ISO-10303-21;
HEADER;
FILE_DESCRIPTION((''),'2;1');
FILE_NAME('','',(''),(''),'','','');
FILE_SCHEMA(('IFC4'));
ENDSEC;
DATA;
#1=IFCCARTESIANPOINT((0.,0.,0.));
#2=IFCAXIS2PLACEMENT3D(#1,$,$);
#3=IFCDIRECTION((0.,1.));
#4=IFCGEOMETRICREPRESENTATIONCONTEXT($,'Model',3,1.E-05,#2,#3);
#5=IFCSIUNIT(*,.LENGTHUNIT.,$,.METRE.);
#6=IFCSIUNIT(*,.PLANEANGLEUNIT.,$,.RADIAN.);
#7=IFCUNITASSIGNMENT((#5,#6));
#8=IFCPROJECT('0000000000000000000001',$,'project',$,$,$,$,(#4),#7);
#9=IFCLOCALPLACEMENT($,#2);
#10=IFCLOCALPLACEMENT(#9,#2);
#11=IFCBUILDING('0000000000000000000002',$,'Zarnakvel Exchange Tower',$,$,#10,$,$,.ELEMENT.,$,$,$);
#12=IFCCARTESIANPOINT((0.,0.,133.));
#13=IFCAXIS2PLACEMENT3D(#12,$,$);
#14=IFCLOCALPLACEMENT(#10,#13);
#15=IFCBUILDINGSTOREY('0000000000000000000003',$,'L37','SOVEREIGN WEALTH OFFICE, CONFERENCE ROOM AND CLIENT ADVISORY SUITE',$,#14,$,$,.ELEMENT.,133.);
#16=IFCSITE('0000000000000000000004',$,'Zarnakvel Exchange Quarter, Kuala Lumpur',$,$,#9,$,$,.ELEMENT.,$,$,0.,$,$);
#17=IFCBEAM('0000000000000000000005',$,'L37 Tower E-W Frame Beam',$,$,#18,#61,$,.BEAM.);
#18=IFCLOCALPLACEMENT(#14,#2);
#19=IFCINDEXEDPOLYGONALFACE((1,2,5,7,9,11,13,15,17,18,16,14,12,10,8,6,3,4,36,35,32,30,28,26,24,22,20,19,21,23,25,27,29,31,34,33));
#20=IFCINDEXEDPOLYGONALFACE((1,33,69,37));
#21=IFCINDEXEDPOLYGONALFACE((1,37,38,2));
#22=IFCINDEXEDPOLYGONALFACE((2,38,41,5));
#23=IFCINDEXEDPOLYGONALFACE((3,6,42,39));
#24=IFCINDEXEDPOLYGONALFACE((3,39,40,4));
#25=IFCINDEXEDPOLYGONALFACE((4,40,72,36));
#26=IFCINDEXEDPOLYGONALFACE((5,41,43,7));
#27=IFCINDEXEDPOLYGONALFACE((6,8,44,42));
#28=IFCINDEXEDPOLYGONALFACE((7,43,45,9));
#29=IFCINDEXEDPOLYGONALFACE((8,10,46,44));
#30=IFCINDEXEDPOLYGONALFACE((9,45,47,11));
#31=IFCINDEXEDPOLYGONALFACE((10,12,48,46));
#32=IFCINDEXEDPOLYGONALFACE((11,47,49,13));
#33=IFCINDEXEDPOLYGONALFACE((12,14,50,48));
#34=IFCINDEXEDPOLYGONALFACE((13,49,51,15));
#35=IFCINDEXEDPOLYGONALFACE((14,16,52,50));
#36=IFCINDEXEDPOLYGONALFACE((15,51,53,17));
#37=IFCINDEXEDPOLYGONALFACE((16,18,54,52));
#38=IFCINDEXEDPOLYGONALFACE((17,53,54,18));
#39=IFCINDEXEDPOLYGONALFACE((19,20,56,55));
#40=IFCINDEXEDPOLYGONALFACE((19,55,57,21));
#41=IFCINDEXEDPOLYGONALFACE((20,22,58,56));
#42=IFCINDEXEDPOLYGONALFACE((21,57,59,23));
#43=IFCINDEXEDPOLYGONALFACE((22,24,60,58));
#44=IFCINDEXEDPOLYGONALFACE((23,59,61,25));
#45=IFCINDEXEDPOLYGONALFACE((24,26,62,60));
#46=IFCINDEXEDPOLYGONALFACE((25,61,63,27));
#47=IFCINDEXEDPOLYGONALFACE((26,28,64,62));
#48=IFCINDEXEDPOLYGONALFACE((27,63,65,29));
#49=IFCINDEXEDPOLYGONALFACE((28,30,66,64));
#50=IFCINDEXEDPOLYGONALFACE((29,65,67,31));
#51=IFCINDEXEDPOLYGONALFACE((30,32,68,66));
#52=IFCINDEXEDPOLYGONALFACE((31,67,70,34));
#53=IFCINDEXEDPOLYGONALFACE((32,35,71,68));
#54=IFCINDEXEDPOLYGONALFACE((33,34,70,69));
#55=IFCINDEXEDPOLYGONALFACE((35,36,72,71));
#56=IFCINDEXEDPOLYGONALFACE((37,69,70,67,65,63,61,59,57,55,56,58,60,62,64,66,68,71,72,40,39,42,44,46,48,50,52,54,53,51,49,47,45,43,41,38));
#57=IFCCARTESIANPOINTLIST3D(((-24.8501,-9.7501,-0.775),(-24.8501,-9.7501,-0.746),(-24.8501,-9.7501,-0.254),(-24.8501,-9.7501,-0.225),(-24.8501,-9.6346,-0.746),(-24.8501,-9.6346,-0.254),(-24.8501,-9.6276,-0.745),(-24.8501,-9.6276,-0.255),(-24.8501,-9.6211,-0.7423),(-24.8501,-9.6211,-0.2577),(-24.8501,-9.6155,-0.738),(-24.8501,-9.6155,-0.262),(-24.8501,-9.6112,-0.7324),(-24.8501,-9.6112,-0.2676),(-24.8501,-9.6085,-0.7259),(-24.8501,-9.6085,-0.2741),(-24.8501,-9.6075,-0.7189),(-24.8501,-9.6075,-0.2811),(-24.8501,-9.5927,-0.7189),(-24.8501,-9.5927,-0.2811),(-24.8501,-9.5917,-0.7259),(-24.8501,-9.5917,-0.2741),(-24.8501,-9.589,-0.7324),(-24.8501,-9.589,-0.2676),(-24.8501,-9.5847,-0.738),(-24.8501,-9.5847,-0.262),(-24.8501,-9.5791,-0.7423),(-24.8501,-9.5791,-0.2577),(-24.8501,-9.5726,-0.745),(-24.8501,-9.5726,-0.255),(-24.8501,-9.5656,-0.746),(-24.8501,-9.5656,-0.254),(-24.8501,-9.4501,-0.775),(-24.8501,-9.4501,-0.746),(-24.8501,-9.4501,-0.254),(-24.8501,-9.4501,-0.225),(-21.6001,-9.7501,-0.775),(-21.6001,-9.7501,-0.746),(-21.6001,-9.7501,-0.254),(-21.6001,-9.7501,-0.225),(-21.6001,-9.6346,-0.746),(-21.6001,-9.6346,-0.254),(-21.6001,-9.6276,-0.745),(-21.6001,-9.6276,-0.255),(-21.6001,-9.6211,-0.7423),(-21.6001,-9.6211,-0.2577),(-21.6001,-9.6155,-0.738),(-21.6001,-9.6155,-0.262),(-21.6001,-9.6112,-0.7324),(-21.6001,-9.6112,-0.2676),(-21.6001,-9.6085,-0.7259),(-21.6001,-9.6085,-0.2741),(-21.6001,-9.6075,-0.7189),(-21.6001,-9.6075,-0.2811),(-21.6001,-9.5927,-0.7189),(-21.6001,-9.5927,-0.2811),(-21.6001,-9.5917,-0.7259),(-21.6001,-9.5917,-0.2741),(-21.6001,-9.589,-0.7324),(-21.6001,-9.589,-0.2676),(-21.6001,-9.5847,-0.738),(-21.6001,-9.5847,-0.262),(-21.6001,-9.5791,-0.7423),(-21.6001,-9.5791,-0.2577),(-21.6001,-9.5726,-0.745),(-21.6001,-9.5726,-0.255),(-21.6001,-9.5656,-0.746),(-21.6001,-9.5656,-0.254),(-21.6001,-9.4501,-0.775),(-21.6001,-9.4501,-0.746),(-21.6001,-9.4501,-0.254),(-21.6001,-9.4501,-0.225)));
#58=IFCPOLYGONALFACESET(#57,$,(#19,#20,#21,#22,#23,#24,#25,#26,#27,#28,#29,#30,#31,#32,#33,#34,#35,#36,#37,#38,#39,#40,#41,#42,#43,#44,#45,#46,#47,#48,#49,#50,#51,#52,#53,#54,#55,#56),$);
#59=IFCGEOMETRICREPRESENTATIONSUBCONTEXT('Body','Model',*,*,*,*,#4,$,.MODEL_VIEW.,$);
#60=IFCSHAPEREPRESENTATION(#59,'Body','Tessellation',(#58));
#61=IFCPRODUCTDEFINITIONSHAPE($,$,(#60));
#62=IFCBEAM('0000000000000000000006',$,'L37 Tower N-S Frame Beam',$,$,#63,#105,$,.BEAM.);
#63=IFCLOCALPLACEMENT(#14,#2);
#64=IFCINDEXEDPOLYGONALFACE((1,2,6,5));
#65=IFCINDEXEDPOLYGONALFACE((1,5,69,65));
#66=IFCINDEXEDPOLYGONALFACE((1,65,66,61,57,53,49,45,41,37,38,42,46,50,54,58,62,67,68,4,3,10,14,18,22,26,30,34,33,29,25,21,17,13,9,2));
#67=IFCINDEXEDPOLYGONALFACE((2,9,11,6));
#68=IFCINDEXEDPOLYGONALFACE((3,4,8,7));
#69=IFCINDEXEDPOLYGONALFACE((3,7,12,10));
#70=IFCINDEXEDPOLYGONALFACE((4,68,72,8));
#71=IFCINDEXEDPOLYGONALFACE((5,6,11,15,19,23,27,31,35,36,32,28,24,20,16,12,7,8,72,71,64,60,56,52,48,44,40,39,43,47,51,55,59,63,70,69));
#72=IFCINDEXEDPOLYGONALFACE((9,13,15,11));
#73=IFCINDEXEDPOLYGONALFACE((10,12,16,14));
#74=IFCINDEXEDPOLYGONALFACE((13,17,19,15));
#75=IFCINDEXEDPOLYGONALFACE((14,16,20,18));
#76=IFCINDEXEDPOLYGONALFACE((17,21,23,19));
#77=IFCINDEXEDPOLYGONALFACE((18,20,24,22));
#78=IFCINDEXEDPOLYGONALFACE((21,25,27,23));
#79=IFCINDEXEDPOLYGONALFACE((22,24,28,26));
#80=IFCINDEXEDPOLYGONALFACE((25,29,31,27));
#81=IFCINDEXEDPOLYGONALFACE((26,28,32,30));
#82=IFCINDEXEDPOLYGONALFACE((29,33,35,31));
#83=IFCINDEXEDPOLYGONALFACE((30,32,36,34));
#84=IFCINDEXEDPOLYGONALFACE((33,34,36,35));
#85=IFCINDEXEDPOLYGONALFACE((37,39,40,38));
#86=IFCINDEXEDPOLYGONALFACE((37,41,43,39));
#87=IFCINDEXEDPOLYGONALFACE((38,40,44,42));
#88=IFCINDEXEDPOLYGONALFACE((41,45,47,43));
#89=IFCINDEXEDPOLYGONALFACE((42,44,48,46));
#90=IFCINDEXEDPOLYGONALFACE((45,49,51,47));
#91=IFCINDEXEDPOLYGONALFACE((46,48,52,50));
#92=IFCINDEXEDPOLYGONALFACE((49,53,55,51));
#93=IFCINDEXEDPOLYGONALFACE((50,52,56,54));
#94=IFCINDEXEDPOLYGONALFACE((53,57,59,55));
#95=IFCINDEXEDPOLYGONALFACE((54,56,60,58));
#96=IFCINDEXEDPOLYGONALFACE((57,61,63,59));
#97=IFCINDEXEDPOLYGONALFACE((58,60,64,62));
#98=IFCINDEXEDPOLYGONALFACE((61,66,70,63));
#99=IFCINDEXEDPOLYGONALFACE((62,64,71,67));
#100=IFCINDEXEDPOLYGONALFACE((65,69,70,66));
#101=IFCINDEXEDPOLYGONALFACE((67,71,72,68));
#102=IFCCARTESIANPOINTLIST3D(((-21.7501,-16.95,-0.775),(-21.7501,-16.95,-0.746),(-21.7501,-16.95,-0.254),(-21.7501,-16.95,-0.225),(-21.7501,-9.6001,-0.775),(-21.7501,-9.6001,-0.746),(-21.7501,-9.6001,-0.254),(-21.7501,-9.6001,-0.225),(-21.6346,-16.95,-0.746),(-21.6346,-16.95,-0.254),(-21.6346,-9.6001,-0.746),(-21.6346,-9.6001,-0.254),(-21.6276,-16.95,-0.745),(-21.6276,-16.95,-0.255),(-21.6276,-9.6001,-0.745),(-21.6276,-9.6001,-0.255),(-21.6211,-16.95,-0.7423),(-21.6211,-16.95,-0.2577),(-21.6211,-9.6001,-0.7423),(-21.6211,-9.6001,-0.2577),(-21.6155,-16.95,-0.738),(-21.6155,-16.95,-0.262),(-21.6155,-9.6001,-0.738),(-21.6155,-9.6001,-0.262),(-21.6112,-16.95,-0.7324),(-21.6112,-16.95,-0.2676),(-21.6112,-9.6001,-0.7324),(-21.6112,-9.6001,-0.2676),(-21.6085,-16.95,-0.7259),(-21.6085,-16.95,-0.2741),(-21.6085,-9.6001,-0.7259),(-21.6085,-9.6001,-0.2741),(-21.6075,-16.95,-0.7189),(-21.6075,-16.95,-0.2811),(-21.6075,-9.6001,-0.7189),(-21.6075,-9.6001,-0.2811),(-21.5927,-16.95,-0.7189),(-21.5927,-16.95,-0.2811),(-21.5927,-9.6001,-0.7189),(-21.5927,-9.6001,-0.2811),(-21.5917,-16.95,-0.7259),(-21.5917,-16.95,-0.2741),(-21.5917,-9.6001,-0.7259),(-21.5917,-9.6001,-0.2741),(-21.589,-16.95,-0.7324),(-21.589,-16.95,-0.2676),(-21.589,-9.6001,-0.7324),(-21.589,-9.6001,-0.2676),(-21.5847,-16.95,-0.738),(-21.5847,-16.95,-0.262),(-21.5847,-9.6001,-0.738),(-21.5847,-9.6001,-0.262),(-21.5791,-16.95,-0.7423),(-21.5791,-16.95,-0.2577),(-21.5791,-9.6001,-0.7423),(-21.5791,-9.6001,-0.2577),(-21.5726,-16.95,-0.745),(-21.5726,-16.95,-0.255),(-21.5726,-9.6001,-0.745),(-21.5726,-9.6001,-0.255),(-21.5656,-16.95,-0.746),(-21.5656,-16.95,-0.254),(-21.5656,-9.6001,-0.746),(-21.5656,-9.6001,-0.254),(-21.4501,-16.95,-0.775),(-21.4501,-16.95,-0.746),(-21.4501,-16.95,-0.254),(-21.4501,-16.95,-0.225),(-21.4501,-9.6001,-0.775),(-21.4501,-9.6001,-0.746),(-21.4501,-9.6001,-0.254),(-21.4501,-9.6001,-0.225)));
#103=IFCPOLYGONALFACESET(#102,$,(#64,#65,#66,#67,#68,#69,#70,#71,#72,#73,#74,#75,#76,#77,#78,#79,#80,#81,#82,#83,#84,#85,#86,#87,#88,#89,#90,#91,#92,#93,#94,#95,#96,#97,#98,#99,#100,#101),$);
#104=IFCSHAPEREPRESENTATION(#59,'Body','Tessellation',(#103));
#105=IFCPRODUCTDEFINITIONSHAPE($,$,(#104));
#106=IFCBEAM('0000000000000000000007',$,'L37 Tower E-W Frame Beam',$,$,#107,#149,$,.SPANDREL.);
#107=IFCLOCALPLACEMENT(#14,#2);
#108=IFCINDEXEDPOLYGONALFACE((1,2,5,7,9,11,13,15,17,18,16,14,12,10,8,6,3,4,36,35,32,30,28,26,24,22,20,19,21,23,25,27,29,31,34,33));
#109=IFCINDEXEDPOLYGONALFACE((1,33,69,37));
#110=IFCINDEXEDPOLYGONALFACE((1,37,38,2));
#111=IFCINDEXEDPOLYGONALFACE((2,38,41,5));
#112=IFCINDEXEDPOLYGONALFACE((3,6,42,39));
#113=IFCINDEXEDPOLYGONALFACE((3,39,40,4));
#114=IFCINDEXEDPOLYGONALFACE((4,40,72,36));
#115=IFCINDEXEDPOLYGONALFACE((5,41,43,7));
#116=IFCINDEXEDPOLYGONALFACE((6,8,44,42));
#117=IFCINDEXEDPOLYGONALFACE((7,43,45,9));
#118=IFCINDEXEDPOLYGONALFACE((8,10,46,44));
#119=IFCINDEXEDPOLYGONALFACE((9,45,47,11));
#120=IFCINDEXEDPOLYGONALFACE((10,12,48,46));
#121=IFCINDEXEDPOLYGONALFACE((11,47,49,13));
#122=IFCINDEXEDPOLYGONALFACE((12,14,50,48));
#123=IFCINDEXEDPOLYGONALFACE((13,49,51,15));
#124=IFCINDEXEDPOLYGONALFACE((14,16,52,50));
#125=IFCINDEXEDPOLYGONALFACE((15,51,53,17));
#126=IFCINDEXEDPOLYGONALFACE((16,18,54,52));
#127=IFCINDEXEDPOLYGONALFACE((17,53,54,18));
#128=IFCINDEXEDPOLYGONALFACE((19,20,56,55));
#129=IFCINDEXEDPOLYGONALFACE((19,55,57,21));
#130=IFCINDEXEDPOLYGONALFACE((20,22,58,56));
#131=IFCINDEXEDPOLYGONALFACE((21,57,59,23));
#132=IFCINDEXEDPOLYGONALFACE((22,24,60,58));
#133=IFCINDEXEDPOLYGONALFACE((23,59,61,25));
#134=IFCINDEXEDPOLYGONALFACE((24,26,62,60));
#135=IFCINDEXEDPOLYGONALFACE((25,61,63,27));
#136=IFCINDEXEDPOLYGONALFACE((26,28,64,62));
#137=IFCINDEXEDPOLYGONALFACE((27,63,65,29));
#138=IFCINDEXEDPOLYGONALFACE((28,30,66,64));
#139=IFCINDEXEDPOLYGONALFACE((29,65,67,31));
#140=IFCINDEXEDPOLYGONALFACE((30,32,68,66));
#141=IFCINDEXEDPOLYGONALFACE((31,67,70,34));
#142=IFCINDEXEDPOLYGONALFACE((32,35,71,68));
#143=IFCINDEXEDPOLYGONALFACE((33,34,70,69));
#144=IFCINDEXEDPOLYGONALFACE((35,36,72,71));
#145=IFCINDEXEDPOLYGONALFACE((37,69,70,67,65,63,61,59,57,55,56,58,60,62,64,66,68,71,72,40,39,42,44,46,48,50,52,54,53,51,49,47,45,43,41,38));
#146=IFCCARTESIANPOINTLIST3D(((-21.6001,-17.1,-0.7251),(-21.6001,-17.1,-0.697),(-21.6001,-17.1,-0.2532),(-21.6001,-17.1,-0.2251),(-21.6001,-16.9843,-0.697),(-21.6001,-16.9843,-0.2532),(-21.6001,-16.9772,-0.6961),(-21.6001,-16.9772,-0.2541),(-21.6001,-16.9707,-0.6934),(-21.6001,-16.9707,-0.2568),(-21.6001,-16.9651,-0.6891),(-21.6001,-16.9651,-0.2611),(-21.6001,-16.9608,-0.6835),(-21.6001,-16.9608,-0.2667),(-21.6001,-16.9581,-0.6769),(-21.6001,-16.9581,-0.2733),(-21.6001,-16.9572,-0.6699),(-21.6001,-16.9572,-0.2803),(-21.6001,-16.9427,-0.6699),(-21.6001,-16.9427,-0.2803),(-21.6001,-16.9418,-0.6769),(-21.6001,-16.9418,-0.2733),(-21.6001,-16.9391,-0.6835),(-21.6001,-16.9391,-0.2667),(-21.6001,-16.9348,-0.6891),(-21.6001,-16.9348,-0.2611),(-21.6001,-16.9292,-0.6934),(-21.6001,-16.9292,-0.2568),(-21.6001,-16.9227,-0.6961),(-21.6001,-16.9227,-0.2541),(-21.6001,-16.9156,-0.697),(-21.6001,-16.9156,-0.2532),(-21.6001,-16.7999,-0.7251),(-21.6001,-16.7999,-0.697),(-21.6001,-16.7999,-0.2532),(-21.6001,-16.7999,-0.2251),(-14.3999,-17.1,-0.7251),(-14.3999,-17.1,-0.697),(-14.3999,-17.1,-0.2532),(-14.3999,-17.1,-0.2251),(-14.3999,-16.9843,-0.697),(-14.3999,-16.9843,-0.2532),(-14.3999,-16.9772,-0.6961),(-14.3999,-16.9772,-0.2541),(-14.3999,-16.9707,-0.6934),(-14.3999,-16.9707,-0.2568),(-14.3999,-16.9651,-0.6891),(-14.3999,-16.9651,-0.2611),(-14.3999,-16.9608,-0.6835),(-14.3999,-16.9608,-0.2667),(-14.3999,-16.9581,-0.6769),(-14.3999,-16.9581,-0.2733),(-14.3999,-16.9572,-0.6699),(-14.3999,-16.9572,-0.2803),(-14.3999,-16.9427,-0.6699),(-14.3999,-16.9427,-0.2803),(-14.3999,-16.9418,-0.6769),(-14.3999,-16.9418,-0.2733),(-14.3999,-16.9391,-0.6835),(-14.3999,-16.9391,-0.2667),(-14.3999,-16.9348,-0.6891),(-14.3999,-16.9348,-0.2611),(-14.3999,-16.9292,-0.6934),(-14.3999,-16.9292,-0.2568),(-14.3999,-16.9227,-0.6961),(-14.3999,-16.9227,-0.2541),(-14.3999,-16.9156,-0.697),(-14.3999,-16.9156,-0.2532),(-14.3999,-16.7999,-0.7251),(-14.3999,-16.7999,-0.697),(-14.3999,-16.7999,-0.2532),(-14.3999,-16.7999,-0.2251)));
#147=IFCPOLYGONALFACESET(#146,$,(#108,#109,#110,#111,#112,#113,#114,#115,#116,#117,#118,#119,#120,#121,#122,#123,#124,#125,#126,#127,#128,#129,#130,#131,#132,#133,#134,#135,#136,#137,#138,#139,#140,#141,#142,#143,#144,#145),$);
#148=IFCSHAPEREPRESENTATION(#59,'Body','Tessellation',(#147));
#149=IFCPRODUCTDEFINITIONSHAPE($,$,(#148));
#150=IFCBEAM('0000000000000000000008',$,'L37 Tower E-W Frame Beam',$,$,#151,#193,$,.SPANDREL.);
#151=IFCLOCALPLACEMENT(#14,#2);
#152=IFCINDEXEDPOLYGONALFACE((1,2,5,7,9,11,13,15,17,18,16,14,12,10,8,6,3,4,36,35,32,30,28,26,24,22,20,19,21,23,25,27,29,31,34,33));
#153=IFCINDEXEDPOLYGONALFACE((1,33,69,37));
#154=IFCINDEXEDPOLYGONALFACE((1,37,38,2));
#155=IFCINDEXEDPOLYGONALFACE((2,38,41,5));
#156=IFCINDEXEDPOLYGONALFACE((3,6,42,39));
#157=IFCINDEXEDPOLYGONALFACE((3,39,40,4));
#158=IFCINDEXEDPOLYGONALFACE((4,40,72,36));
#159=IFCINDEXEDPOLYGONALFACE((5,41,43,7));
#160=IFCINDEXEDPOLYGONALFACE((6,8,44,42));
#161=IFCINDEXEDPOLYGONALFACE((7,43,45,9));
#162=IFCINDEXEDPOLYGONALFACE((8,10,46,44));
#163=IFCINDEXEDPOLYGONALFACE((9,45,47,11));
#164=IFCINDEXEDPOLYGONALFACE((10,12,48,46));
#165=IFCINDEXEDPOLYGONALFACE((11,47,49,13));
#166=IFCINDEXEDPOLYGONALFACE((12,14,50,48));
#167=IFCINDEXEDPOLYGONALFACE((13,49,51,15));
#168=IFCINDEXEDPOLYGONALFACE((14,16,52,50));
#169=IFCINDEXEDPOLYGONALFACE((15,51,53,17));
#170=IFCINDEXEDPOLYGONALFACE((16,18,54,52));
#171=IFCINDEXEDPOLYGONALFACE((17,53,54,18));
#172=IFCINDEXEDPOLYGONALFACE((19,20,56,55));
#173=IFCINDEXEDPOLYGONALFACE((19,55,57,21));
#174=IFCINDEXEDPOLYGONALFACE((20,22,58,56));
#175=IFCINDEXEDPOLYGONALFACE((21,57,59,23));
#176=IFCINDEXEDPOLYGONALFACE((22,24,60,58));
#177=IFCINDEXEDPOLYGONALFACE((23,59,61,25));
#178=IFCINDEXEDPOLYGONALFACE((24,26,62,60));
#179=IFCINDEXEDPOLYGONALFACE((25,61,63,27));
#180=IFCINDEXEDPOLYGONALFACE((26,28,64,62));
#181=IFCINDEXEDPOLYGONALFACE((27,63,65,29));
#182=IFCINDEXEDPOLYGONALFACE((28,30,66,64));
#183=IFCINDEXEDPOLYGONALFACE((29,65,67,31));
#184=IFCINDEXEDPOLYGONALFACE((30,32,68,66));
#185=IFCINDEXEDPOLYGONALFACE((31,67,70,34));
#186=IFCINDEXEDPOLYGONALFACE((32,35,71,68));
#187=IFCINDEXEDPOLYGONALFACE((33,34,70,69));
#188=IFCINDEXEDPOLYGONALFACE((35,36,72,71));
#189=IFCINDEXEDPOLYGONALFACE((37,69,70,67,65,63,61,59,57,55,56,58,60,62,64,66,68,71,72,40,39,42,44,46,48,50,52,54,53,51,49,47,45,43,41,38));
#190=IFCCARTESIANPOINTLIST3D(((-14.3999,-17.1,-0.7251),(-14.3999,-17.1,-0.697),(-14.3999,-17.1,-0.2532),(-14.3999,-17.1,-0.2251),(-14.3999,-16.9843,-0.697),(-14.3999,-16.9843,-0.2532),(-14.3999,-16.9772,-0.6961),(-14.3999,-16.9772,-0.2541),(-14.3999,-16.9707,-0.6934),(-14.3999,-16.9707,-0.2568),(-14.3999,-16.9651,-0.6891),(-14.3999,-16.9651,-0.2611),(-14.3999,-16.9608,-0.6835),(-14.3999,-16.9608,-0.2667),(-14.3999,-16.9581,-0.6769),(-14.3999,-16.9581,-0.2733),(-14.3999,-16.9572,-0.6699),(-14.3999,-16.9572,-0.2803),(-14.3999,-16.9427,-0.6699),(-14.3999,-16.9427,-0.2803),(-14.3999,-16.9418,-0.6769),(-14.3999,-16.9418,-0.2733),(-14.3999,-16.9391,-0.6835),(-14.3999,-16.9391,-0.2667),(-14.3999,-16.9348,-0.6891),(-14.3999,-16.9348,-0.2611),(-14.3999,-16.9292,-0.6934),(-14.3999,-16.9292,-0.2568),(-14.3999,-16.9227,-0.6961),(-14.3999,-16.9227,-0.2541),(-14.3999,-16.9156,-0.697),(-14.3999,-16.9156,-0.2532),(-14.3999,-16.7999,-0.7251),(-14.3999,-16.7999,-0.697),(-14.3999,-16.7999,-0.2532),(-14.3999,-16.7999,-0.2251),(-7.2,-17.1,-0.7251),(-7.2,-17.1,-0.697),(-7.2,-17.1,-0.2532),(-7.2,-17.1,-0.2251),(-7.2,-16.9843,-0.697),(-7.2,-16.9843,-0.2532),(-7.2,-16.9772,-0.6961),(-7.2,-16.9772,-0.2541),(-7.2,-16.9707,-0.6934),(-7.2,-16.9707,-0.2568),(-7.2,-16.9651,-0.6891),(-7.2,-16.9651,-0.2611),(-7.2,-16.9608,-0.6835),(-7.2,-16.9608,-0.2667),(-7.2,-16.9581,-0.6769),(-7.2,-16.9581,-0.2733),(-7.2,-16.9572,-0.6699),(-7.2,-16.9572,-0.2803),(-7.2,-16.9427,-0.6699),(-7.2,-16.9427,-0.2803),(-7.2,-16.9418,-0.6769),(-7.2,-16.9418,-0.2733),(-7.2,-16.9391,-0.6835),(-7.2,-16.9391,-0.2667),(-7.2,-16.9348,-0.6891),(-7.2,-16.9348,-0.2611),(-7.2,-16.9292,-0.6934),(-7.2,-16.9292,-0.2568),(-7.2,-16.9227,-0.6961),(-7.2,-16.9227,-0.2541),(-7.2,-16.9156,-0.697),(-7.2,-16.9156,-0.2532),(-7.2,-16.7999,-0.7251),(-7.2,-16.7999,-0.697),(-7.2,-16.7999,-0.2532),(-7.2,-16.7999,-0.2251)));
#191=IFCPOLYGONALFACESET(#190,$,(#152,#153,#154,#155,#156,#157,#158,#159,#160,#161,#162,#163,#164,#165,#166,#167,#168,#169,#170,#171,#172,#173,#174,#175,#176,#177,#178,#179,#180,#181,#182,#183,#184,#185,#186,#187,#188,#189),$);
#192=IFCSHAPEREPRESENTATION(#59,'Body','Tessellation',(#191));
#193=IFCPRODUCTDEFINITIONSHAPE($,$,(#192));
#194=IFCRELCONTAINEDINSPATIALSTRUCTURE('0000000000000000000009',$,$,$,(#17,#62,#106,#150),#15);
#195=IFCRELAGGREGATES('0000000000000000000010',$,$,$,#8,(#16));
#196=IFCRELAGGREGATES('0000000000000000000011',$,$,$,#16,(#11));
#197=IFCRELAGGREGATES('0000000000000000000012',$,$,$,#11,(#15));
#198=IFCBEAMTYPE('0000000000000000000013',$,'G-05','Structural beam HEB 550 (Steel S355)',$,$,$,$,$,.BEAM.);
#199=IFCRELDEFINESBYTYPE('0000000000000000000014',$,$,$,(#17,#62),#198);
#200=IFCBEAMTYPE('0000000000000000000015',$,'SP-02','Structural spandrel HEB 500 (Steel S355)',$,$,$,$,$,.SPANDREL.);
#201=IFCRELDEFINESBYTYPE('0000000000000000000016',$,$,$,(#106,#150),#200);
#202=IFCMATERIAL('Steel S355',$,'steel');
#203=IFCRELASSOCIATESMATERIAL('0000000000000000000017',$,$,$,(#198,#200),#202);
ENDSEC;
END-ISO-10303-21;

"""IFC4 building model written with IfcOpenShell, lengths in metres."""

from ifc_helpers import new_model, si_unit, direction, frame, origin, origin_2d, place, context, subcontext, project, spatial, i_section, extrude, material, material_profile, profile_set, type_object, element, save


model = new_model("IFC4")

# Units and contexts
model_context = context("Model", 3, precision=1e-05, world=origin(), true_north=direction((0.0, 1.0)))
body_context = subcontext(model_context, "Body", "Model", "MODEL_VIEW")
ifc_project = project(units=[si_unit("LENGTHUNIT", "METRE"), si_unit("PLANEANGLEUNIT", "RADIAN")], contexts=[model_context])

# Site, building, storey
site_placement = place(None, origin())
site = spatial("IfcSite", under=ifc_project, at=site_placement, Name="Zarnakvel Exchange Quarter, Kuala Lumpur", CompositionType="ELEMENT", RefElevation=0.0)
building_placement = place(site_placement, origin())
building = spatial("IfcBuilding", under=site, at=building_placement, Name="Zarnakvel Exchange Tower", CompositionType="ELEMENT")
storey_placement = place(building_placement, frame((0.0, 0.0, 133.0)))
storey = spatial("IfcBuildingStorey", under=building, at=storey_placement, Name="L37", Description="SOVEREIGN WEALTH OFFICE, CONFERENCE ROOM AND CLIENT ADVISORY SUITE", CompositionType="ELEMENT", Elevation=133.0)

# Shared definitions
ifc_material_1 = material(Name="Steel S355", Category="steel")

# Beams
ifc_material_profile_1 = material_profile(ifc_material_1, i_section(OverallWidth=0.3, OverallDepth=0.55, WebThickness=0.0149, FlangeThickness=0.0291, FilletRadius=0.0271, at=origin_2d()))
ifc_profile_set_1 = profile_set([ifc_material_profile_1], Name="Steel S355")
beam_type_1 = type_object("IfcBeamType", Name="G-05", Description="Structural beam HEB 550 (Steel S355)", PredefinedType="BEAM", material=ifc_profile_set_1)
beam_1_placement = place(storey_placement, frame((-24.8501, -9.6001, -0.5), z_axis=(1.0, 0.0, 0.0), x_axis=(0.0, 1.0, 0.0)))
element("IfcBeam", 1, at=beam_1_placement, inside=storey, type_object=beam_type_1, Name="L37 Tower E-W Frame Beam", PredefinedType="BEAM", context=body_context, shape_type="SweptSolid", body=[
    extrude(i_section(OverallWidth=0.3, OverallDepth=0.55, WebThickness=0.0149, FlangeThickness=0.0291, FilletRadius=0.0271, at=origin_2d()), origin(), (0.0, 0.0, 1.0), 3.25),
])
beam_2_placement = place(storey_placement, frame((-21.6001, -16.95, -0.5), z_axis=(0.0, 1.0, 0.0), x_axis=(-1.0, 0.0, 0.0)))
element("IfcBeam", 2, at=beam_2_placement, inside=storey, type_object=beam_type_1, Name="L37 Tower N-S Frame Beam", PredefinedType="BEAM", context=body_context, shape_type="SweptSolid", body=[
    extrude(i_section(OverallWidth=0.3, OverallDepth=0.55, WebThickness=0.0149, FlangeThickness=0.0291, FilletRadius=0.0271, at=origin_2d()), origin(), (0.0, 0.0, 1.0), 7.3499),
])
ifc_material_profile_2 = material_profile(ifc_material_1, i_section(OverallWidth=0.3, OverallDepth=0.5, WebThickness=0.0144, FlangeThickness=0.0281, FilletRadius=0.0271, at=origin_2d()))
ifc_profile_set_2 = profile_set([ifc_material_profile_2], Name="Steel S355")
beam_type_2 = type_object("IfcBeamType", Name="SP-02", Description="Structural spandrel HEB 500 (Steel S355)", PredefinedType="SPANDREL", material=ifc_profile_set_2)
beam_3_placement = place(storey_placement, frame((-21.6001, -16.95, -0.4751), z_axis=(1.0, 0.0, 0.0), x_axis=(0.0, 1.0, 0.0)))
element("IfcBeam", 3, at=beam_3_placement, inside=storey, type_object=beam_type_2, Name="L37 Tower E-W Frame Beam", PredefinedType="SPANDREL", context=body_context, shape_type="SweptSolid", body=[
    extrude(i_section(OverallWidth=0.3, OverallDepth=0.5, WebThickness=0.0144, FlangeThickness=0.0281, FilletRadius=0.0271, at=origin_2d()), origin(), (0.0, 0.0, 1.0), 7.2002),
])
beam_4_placement = place(storey_placement, frame((-14.3999, -16.95, -0.4751), z_axis=(1.0, 0.0, 0.0), x_axis=(0.0, 1.0, 0.0)))
element("IfcBeam", 4, at=beam_4_placement, inside=storey, type_object=beam_type_2, Name="L37 Tower E-W Frame Beam", PredefinedType="SPANDREL", context=body_context, shape_type="SweptSolid", body=[
    extrude(i_section(OverallWidth=0.3, OverallDepth=0.5, WebThickness=0.0144, FlangeThickness=0.0281, FilletRadius=0.0271, at=origin_2d()), origin(), (0.0, 0.0, 1.0), 7.2),
])

save(model, "model.ifc")
